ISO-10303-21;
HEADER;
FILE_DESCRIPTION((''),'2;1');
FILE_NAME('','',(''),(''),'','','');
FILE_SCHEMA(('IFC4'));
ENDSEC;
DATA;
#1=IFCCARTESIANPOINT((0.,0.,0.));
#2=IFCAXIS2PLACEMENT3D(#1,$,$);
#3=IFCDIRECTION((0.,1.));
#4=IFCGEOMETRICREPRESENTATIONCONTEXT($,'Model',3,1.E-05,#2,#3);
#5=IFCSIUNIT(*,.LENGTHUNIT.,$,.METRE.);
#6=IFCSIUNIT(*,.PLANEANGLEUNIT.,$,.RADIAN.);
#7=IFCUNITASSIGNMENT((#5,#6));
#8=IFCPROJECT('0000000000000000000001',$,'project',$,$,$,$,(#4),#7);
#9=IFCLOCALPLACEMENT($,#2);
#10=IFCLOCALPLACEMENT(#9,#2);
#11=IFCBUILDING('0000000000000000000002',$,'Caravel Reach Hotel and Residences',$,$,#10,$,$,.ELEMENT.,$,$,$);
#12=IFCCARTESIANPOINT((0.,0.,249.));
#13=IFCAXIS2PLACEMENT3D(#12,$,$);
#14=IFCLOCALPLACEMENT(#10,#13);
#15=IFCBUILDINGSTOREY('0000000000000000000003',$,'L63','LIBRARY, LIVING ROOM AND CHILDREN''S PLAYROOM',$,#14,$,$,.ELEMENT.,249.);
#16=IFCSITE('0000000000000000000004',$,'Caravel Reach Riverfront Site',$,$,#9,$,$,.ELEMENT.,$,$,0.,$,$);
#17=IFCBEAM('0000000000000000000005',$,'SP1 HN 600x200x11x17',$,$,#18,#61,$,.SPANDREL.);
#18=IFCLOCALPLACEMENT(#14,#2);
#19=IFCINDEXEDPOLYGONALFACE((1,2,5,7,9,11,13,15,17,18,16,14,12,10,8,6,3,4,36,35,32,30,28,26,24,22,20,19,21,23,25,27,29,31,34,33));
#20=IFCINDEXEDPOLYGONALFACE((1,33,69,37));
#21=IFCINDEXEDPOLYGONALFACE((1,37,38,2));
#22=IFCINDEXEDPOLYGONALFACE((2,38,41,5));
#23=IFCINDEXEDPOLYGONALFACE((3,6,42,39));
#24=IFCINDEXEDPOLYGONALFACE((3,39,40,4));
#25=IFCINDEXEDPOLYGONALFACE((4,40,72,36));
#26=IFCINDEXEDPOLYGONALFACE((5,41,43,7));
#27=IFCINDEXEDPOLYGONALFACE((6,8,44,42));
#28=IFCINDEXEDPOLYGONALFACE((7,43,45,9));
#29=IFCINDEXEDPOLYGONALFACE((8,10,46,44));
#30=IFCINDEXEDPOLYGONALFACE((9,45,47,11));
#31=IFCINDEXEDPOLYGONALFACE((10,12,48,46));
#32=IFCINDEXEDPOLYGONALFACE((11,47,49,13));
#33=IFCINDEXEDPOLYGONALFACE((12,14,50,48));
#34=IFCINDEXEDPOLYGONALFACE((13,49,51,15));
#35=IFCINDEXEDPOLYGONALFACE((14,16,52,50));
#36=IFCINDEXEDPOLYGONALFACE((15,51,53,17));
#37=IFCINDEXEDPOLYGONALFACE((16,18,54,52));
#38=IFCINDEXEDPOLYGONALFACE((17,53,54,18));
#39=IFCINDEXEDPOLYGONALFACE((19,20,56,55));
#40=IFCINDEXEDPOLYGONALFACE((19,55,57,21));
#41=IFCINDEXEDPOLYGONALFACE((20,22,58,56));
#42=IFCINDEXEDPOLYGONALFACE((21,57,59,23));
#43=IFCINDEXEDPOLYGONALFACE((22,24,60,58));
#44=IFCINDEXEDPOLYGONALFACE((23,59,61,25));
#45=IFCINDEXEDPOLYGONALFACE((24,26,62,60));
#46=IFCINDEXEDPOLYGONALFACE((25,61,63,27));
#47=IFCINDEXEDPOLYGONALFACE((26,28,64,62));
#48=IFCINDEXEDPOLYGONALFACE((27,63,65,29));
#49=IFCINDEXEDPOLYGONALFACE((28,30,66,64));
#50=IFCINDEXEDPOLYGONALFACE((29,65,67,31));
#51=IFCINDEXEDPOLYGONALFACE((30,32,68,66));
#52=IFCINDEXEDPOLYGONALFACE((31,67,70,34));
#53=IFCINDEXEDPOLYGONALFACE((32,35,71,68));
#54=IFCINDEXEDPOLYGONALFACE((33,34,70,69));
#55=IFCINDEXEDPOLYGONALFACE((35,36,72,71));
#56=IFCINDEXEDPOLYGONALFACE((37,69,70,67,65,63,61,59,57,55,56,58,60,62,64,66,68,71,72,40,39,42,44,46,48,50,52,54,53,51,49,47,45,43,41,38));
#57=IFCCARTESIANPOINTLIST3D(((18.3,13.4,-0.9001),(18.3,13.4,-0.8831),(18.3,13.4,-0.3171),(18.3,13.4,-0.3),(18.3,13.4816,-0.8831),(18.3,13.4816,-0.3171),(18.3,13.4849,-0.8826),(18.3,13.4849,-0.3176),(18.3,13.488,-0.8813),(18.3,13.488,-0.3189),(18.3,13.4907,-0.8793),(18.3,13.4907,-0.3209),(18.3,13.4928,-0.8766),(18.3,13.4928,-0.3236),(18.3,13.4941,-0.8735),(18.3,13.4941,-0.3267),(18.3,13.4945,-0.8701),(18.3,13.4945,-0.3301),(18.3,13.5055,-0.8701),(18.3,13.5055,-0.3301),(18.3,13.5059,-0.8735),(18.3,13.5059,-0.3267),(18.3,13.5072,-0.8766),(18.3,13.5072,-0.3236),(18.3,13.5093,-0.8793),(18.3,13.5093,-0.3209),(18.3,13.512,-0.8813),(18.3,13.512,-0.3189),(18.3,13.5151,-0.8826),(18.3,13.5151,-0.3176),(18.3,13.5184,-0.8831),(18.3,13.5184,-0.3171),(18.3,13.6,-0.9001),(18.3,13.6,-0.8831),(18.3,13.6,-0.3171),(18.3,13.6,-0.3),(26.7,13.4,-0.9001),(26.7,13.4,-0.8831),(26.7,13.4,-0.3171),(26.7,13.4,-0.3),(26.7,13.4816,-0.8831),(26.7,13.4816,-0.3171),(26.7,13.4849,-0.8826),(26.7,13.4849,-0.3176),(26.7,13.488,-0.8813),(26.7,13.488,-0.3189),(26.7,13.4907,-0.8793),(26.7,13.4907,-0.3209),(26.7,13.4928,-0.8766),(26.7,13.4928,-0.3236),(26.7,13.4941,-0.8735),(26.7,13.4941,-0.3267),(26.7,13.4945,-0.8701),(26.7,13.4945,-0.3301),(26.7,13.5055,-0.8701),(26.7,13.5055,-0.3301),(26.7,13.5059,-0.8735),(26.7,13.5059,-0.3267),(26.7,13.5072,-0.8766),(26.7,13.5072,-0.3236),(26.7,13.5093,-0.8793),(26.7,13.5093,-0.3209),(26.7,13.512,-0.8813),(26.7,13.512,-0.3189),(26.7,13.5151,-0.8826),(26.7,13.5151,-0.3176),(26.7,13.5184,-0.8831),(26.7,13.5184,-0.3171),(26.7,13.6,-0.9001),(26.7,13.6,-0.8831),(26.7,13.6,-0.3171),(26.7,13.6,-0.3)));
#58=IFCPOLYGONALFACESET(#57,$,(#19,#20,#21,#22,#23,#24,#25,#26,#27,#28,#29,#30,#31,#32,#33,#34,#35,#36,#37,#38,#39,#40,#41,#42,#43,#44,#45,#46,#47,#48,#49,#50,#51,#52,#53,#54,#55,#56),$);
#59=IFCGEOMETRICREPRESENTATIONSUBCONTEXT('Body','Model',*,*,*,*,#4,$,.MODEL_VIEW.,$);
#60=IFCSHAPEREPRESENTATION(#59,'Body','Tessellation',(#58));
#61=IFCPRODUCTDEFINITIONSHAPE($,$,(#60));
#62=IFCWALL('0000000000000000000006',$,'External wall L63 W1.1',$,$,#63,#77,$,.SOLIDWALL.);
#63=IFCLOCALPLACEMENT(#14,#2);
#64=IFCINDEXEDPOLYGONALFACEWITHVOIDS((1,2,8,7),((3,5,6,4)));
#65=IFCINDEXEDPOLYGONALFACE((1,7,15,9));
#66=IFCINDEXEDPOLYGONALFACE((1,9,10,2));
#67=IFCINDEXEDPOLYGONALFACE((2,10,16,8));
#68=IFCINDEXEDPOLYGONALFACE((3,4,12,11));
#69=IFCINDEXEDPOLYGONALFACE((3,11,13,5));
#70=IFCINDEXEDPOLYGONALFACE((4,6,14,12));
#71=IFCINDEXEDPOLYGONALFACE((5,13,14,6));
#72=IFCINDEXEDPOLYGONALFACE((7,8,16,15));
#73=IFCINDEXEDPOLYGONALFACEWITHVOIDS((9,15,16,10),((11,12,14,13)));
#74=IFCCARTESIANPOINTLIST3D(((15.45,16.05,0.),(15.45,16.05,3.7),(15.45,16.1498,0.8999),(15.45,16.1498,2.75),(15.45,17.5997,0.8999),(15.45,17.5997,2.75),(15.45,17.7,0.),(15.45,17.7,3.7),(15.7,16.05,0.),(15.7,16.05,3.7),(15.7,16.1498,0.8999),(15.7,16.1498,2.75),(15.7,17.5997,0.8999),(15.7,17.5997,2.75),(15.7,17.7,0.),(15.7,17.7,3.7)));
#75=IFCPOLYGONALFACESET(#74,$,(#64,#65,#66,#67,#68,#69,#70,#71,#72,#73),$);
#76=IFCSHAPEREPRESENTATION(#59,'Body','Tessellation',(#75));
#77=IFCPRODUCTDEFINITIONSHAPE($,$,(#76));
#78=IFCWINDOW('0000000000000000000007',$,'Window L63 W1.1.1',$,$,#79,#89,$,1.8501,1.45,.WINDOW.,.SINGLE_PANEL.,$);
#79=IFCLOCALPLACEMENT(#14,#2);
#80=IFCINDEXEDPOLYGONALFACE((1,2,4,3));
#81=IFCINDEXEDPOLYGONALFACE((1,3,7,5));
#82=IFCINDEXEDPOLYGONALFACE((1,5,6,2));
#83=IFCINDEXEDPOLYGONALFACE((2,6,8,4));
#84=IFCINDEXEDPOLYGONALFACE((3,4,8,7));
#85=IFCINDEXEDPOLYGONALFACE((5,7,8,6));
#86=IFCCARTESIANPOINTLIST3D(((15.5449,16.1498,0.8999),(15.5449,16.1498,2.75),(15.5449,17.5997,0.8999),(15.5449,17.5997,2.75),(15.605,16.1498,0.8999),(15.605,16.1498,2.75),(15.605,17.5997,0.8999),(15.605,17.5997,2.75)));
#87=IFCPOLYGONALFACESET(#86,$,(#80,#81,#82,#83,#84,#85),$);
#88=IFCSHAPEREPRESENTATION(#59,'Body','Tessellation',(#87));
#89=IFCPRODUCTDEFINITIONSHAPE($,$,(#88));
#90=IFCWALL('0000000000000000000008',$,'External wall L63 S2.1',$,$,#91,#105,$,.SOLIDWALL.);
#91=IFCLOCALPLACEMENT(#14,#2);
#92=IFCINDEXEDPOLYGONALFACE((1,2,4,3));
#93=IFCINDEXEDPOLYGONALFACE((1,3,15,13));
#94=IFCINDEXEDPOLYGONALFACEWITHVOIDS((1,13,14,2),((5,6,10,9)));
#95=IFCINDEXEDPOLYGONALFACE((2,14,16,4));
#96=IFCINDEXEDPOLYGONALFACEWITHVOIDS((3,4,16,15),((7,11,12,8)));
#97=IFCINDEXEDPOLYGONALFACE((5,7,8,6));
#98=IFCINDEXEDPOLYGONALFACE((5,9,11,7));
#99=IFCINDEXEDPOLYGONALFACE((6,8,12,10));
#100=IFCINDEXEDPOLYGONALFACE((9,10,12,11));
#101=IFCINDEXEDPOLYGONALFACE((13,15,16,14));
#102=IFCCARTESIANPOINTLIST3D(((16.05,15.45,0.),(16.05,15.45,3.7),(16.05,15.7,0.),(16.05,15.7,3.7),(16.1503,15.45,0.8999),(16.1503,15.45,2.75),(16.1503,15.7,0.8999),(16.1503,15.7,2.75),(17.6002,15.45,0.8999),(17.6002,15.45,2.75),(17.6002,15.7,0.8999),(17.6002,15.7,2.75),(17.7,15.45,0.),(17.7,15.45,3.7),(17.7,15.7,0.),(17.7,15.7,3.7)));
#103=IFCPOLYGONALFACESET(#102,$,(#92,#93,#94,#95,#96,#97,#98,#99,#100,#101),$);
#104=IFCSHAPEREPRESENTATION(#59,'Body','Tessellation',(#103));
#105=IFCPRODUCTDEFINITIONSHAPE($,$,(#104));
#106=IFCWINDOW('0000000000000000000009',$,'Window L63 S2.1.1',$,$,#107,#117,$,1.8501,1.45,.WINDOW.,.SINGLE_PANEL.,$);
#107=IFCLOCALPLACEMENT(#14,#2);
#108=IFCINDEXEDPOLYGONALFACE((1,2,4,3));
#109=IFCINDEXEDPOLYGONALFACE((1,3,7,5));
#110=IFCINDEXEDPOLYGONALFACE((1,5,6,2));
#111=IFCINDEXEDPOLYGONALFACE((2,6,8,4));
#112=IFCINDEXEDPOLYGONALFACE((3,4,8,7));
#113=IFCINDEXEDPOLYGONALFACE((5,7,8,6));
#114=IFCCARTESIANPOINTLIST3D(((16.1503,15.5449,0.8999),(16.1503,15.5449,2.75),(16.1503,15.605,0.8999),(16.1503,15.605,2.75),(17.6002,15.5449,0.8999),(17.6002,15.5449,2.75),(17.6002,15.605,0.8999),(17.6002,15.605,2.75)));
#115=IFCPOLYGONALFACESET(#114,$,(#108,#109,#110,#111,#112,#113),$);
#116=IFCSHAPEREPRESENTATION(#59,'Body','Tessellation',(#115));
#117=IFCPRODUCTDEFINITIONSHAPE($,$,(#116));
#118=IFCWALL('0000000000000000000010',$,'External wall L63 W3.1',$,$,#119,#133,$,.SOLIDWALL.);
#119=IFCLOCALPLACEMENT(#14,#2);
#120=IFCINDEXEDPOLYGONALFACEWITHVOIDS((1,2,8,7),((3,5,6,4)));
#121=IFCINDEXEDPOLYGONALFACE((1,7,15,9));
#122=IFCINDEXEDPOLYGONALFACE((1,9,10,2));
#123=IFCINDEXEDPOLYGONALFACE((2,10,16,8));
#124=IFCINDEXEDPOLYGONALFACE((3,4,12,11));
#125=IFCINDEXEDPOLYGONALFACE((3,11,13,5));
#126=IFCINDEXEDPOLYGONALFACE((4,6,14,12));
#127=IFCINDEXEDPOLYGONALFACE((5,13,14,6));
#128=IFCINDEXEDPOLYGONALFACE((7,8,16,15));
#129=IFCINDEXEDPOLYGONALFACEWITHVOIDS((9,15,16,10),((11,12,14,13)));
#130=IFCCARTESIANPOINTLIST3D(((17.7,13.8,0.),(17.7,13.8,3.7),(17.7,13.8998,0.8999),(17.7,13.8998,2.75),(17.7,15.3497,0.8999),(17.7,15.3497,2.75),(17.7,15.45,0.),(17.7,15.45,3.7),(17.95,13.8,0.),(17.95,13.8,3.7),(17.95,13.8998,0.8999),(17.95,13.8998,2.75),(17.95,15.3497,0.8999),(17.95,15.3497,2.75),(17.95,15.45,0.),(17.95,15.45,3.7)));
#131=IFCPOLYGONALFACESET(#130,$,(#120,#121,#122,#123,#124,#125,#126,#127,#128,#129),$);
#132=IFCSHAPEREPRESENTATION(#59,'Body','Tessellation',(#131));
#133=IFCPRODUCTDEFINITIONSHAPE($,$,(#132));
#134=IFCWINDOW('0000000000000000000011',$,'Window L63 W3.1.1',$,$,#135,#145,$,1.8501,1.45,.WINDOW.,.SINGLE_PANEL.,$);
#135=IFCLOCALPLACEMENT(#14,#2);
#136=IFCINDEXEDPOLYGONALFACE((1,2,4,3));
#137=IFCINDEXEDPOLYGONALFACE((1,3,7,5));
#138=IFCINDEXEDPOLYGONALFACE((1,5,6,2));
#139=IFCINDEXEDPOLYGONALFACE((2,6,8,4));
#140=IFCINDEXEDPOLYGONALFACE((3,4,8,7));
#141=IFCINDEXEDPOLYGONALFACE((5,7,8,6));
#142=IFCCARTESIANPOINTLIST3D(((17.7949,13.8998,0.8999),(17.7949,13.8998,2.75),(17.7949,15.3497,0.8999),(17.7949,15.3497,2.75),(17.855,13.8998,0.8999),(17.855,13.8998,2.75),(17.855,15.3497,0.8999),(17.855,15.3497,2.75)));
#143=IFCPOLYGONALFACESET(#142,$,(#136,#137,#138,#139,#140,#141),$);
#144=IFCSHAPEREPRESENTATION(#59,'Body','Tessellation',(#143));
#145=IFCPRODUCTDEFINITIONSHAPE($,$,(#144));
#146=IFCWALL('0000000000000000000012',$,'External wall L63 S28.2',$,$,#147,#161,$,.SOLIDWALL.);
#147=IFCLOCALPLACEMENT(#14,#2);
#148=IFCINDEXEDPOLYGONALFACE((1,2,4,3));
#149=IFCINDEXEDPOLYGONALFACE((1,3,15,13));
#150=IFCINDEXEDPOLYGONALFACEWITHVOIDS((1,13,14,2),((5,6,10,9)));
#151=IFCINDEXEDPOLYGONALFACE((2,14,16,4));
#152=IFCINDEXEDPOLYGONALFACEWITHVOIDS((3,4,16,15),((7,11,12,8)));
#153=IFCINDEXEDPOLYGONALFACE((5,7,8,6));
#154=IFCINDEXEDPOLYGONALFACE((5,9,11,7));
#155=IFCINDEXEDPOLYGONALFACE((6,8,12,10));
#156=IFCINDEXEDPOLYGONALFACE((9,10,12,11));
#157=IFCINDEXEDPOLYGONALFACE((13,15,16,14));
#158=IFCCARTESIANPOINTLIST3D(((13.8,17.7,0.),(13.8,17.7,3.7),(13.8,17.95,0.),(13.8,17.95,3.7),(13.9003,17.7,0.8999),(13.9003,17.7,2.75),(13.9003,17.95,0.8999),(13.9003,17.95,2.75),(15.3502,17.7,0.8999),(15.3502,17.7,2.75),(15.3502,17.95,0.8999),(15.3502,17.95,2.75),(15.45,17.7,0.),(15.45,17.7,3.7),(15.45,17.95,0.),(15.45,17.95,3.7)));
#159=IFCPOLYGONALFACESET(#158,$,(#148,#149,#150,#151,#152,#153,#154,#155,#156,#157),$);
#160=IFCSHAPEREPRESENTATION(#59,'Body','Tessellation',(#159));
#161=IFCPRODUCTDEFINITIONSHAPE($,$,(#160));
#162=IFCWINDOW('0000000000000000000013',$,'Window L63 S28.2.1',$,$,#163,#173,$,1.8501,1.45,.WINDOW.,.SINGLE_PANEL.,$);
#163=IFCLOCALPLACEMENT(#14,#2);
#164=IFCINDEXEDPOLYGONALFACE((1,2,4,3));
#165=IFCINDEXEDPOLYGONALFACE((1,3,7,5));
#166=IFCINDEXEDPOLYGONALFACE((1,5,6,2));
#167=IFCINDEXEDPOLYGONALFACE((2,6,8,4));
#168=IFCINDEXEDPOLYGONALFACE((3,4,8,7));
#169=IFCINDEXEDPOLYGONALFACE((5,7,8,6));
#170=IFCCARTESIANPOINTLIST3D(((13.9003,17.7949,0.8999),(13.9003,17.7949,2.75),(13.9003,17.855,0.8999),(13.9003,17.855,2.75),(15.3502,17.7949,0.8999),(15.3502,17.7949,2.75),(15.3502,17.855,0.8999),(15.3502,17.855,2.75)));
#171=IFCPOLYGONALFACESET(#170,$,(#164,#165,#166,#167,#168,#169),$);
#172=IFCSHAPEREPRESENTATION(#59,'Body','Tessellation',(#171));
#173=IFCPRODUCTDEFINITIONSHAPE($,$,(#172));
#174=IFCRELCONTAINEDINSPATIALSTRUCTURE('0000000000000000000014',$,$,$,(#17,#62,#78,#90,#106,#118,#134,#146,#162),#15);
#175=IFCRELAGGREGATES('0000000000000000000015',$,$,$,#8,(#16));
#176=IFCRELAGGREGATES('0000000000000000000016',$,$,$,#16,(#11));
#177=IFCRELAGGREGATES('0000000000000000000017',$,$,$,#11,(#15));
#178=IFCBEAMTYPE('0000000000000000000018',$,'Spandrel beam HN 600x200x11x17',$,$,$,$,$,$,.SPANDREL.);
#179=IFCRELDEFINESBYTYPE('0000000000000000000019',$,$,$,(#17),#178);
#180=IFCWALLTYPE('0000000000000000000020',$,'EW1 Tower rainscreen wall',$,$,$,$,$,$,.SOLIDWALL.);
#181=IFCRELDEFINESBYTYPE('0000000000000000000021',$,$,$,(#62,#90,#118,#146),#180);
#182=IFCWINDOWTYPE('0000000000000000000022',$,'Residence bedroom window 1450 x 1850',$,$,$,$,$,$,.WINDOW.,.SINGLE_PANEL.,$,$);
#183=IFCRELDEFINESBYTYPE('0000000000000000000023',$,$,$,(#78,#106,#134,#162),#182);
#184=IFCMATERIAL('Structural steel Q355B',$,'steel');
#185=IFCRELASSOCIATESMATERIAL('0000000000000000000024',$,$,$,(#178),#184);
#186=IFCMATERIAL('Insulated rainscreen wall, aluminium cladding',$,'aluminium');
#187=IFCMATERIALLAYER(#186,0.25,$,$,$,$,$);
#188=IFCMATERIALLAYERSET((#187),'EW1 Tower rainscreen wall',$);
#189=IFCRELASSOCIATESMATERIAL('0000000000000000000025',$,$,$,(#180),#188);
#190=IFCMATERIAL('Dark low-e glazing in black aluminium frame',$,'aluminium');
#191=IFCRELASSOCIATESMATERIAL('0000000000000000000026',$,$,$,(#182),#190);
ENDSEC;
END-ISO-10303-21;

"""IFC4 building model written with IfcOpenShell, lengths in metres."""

from ifc_helpers import new_model, si_unit, direction, frame, frame_2d, origin, origin_2d, place, context, subcontext, project, spatial, rectangle, i_section, extrude, material, layer, layer_set, material_profile, profile_set, type_object, element, fill, save


model = new_model("IFC4")

# Units and contexts
model_context = context("Model", 3, precision=1e-05, world=origin(), true_north=direction((0.0, 1.0)))
body_context = subcontext(model_context, "Body", "Model", "MODEL_VIEW")
ifc_project = project(units=[si_unit("LENGTHUNIT", "METRE"), si_unit("PLANEANGLEUNIT", "RADIAN")], contexts=[model_context])

# Site, building, storey
site_placement = place(None, origin())
site = spatial("IfcSite", under=ifc_project, at=site_placement, Name="Caravel Reach Riverfront Site", CompositionType="ELEMENT", RefElevation=0.0)
building_placement = place(site_placement, origin())
building = spatial("IfcBuilding", under=site, at=building_placement, Name="Caravel Reach Hotel and Residences", CompositionType="ELEMENT")
storey_placement = place(building_placement, frame((0.0, 0.0, 249.0)))
storey = spatial("IfcBuildingStorey", under=building, at=storey_placement, Name="L63", Description="LIBRARY, LIVING ROOM AND CHILDREN'S PLAYROOM", CompositionType="ELEMENT", Elevation=249.0)

# Beam
ifc_material_1 = material(Name="Structural steel Q355B", Category="steel")
ifc_material_profile_1 = material_profile(ifc_material_1, i_section(OverallWidth=0.2, OverallDepth=0.6001, WebThickness=0.011, FlangeThickness=0.0171, FilletRadius=0.0129, at=origin_2d()), Name="HN 600x200x11x17")
ifc_profile_set_1 = profile_set([ifc_material_profile_1], Name="Structural steel Q355B")
beam_type = type_object("IfcBeamType", Name="Spandrel beam HN 600x200x11x17", PredefinedType="SPANDREL", material=ifc_profile_set_1)
beam_placement = place(storey_placement, frame((18.3, 13.5, -0.6001), z_axis=(1.0, 0.0, 0.0), x_axis=(0.0, 1.0, 0.0)))
element("IfcBeam", 1, at=beam_placement, inside=storey, type_object=beam_type, Name="SP1 HN 600x200x11x17", PredefinedType="SPANDREL", context=body_context, shape_type="SweptSolid", body=[
    extrude(i_section(OverallWidth=0.2, OverallDepth=0.6001, WebThickness=0.011, FlangeThickness=0.0171, FilletRadius=0.0129, at=origin_2d()), origin(), (0.0, 0.0, 1.0), 8.3999),
])

# Walls, openings, windows
ifc_material_2 = material(Name="Insulated rainscreen wall, aluminium cladding", Category="aluminium")
ifc_layer_1 = layer(ifc_material_2, 0.25)
ifc_layer_set_1 = layer_set([ifc_layer_1], Name="EW1 Tower rainscreen wall")
wall_type_1 = type_object("IfcWallType", Name="EW1 Tower rainscreen wall", PredefinedType="SOLIDWALL", material=ifc_layer_set_1)
wall_1_placement = place(storey_placement, frame((15.575, 17.7, 0.0), z_axis=(0.0, 0.0, 1.0), x_axis=(0.0, -1.0, 0.0)))
wall_1 = element("IfcWall", 2, at=wall_1_placement, inside=storey, type_object=wall_type_1, Name="External wall L63 W1.1", PredefinedType="SOLIDWALL", context=body_context, shape_type="SweptSolid", body=[
    extrude(rectangle(XDim=1.6499, YDim=0.25, at=frame_2d((0.825, 0.0))), origin(), (0.0, 0.0, 1.0), 3.7),
])
opening_1_placement = place(wall_1_placement, frame((0.1001, 0.0, 0.8999)))
opening_1 = element("IfcOpeningElement", 3, at=opening_1_placement, cuts=wall_1, PredefinedType="OPENING", context=body_context, shape_type="SweptSolid", body=[
    extrude(rectangle(XDim=1.45, YDim=1.8501, at=frame_2d((0.7251, 0.925))), frame((0.0, 0.135, 0.0), z_axis=(0.0, -1.0, 0.0), x_axis=(1.0, 0.0, 0.0)), (0.0, 0.0, 1.0), 0.27),
])
ifc_material_3 = material(Name="Dark low-e glazing in black aluminium frame", Category="aluminium")
window_type = type_object("IfcWindowType", Name="Residence bedroom window 1450 x 1850", PartitioningType="SINGLE_PANEL", PredefinedType="WINDOW", material=ifc_material_3)
window_1_placement = place(opening_1_placement, origin())
window_1 = element("IfcWindow", 4, at=window_1_placement, inside=storey, type_object=window_type, Name="Window L63 W1.1.1", OverallHeight=1.8501, OverallWidth=1.45, PartitioningType="SINGLE_PANEL", PredefinedType="WINDOW", context=body_context, shape_type="SweptSolid", body=[
    extrude(rectangle(XDim=1.45, YDim=1.8501, at=frame_2d((0.7251, 0.925))), frame((0.0, 0.03, 0.0), z_axis=(0.0, -1.0, 0.0), x_axis=(1.0, 0.0, 0.0)), (0.0, 0.0, 1.0), 0.0601),
])
fill(opening_1, window_1)
wall_2_placement = place(storey_placement, frame((16.05, 15.575, 0.0), z_axis=(0.0, 0.0, 1.0), x_axis=(1.0, 0.0, 0.0)))
wall_2 = element("IfcWall", 5, at=wall_2_placement, inside=storey, type_object=wall_type_1, Name="External wall L63 S2.1", PredefinedType="SOLIDWALL", context=body_context, shape_type="SweptSolid", body=[
    extrude(rectangle(XDim=1.6499, YDim=0.25, at=frame_2d((0.825, 0.0))), origin(), (0.0, 0.0, 1.0), 3.7),
])
opening_2_placement = place(wall_2_placement, frame((0.1001, 0.0, 0.8999)))
opening_2 = element("IfcOpeningElement", 6, at=opening_2_placement, cuts=wall_2, PredefinedType="OPENING", context=body_context, shape_type="SweptSolid", body=[
    extrude(rectangle(XDim=1.45, YDim=1.8501, at=frame_2d((0.7251, 0.925))), frame((0.0, 0.135, 0.0), z_axis=(0.0, -1.0, 0.0), x_axis=(1.0, 0.0, 0.0)), (0.0, 0.0, 1.0), 0.27),
])
window_2_placement = place(opening_2_placement, origin())
window_2 = element("IfcWindow", 7, at=window_2_placement, inside=storey, type_object=window_type, Name="Window L63 S2.1.1", OverallHeight=1.8501, OverallWidth=1.45, PartitioningType="SINGLE_PANEL", PredefinedType="WINDOW", context=body_context, shape_type="SweptSolid", body=[
    extrude(rectangle(XDim=1.45, YDim=1.8501, at=frame_2d((0.7251, 0.925))), frame((0.0, 0.03, 0.0), z_axis=(0.0, -1.0, 0.0), x_axis=(1.0, 0.0, 0.0)), (0.0, 0.0, 1.0), 0.0601),
])
fill(opening_2, window_2)
wall_3_placement = place(storey_placement, frame((17.825, 15.45, 0.0), z_axis=(0.0, 0.0, 1.0), x_axis=(0.0, -1.0, 0.0)))
wall_3 = element("IfcWall", 8, at=wall_3_placement, inside=storey, type_object=wall_type_1, Name="External wall L63 W3.1", PredefinedType="SOLIDWALL", context=body_context, shape_type="SweptSolid", body=[
    extrude(rectangle(XDim=1.6499, YDim=0.25, at=frame_2d((0.825, 0.0))), origin(), (0.0, 0.0, 1.0), 3.7),
])
opening_3_placement = place(wall_3_placement, frame((0.1001, 0.0, 0.8999)))
opening_3 = element("IfcOpeningElement", 9, at=opening_3_placement, cuts=wall_3, PredefinedType="OPENING", context=body_context, shape_type="SweptSolid", body=[
    extrude(rectangle(XDim=1.45, YDim=1.8501, at=frame_2d((0.7251, 0.925))), frame((0.0, 0.135, 0.0), z_axis=(0.0, -1.0, 0.0), x_axis=(1.0, 0.0, 0.0)), (0.0, 0.0, 1.0), 0.27),
])
window_3_placement = place(opening_3_placement, origin())
window_3 = element("IfcWindow", 10, at=window_3_placement, inside=storey, type_object=window_type, Name="Window L63 W3.1.1", OverallHeight=1.8501, OverallWidth=1.45, PartitioningType="SINGLE_PANEL", PredefinedType="WINDOW", context=body_context, shape_type="SweptSolid", body=[
    extrude(rectangle(XDim=1.45, YDim=1.8501, at=frame_2d((0.7251, 0.925))), frame((0.0, 0.03, 0.0), z_axis=(0.0, -1.0, 0.0), x_axis=(1.0, 0.0, 0.0)), (0.0, 0.0, 1.0), 0.0601),
])
fill(opening_3, window_3)
wall_4_placement = place(storey_placement, frame((13.8, 17.825, 0.0), z_axis=(0.0, 0.0, 1.0), x_axis=(1.0, 0.0, 0.0)))
wall_4 = element("IfcWall", 11, at=wall_4_placement, inside=storey, type_object=wall_type_1, Name="External wall L63 S28.2", PredefinedType="SOLIDWALL", context=body_context, shape_type="SweptSolid", body=[
    extrude(rectangle(XDim=1.6499, YDim=0.25, at=frame_2d((0.825, 0.0))), origin(), (0.0, 0.0, 1.0), 3.7),
])
opening_4_placement = place(wall_4_placement, frame((0.1001, 0.0, 0.8999)))
opening_4 = element("IfcOpeningElement", 12, at=opening_4_placement, cuts=wall_4, PredefinedType="OPENING", context=body_context, shape_type="SweptSolid", body=[
    extrude(rectangle(XDim=1.45, YDim=1.8501, at=frame_2d((0.7251, 0.925))), frame((0.0, 0.135, 0.0), z_axis=(0.0, -1.0, 0.0), x_axis=(1.0, 0.0, 0.0)), (0.0, 0.0, 1.0), 0.27),
])
window_4_placement = place(opening_4_placement, origin())
window_4 = element("IfcWindow", 13, at=window_4_placement, inside=storey, type_object=window_type, Name="Window L63 S28.2.1", OverallHeight=1.8501, OverallWidth=1.45, PartitioningType="SINGLE_PANEL", PredefinedType="WINDOW", context=body_context, shape_type="SweptSolid", body=[
    extrude(rectangle(XDim=1.45, YDim=1.8501, at=frame_2d((0.7251, 0.925))), frame((0.0, 0.03, 0.0), z_axis=(0.0, -1.0, 0.0), x_axis=(1.0, 0.0, 0.0)), (0.0, 0.0, 1.0), 0.0601),
])
fill(opening_4, window_4)

save(model, "model.ifc")
